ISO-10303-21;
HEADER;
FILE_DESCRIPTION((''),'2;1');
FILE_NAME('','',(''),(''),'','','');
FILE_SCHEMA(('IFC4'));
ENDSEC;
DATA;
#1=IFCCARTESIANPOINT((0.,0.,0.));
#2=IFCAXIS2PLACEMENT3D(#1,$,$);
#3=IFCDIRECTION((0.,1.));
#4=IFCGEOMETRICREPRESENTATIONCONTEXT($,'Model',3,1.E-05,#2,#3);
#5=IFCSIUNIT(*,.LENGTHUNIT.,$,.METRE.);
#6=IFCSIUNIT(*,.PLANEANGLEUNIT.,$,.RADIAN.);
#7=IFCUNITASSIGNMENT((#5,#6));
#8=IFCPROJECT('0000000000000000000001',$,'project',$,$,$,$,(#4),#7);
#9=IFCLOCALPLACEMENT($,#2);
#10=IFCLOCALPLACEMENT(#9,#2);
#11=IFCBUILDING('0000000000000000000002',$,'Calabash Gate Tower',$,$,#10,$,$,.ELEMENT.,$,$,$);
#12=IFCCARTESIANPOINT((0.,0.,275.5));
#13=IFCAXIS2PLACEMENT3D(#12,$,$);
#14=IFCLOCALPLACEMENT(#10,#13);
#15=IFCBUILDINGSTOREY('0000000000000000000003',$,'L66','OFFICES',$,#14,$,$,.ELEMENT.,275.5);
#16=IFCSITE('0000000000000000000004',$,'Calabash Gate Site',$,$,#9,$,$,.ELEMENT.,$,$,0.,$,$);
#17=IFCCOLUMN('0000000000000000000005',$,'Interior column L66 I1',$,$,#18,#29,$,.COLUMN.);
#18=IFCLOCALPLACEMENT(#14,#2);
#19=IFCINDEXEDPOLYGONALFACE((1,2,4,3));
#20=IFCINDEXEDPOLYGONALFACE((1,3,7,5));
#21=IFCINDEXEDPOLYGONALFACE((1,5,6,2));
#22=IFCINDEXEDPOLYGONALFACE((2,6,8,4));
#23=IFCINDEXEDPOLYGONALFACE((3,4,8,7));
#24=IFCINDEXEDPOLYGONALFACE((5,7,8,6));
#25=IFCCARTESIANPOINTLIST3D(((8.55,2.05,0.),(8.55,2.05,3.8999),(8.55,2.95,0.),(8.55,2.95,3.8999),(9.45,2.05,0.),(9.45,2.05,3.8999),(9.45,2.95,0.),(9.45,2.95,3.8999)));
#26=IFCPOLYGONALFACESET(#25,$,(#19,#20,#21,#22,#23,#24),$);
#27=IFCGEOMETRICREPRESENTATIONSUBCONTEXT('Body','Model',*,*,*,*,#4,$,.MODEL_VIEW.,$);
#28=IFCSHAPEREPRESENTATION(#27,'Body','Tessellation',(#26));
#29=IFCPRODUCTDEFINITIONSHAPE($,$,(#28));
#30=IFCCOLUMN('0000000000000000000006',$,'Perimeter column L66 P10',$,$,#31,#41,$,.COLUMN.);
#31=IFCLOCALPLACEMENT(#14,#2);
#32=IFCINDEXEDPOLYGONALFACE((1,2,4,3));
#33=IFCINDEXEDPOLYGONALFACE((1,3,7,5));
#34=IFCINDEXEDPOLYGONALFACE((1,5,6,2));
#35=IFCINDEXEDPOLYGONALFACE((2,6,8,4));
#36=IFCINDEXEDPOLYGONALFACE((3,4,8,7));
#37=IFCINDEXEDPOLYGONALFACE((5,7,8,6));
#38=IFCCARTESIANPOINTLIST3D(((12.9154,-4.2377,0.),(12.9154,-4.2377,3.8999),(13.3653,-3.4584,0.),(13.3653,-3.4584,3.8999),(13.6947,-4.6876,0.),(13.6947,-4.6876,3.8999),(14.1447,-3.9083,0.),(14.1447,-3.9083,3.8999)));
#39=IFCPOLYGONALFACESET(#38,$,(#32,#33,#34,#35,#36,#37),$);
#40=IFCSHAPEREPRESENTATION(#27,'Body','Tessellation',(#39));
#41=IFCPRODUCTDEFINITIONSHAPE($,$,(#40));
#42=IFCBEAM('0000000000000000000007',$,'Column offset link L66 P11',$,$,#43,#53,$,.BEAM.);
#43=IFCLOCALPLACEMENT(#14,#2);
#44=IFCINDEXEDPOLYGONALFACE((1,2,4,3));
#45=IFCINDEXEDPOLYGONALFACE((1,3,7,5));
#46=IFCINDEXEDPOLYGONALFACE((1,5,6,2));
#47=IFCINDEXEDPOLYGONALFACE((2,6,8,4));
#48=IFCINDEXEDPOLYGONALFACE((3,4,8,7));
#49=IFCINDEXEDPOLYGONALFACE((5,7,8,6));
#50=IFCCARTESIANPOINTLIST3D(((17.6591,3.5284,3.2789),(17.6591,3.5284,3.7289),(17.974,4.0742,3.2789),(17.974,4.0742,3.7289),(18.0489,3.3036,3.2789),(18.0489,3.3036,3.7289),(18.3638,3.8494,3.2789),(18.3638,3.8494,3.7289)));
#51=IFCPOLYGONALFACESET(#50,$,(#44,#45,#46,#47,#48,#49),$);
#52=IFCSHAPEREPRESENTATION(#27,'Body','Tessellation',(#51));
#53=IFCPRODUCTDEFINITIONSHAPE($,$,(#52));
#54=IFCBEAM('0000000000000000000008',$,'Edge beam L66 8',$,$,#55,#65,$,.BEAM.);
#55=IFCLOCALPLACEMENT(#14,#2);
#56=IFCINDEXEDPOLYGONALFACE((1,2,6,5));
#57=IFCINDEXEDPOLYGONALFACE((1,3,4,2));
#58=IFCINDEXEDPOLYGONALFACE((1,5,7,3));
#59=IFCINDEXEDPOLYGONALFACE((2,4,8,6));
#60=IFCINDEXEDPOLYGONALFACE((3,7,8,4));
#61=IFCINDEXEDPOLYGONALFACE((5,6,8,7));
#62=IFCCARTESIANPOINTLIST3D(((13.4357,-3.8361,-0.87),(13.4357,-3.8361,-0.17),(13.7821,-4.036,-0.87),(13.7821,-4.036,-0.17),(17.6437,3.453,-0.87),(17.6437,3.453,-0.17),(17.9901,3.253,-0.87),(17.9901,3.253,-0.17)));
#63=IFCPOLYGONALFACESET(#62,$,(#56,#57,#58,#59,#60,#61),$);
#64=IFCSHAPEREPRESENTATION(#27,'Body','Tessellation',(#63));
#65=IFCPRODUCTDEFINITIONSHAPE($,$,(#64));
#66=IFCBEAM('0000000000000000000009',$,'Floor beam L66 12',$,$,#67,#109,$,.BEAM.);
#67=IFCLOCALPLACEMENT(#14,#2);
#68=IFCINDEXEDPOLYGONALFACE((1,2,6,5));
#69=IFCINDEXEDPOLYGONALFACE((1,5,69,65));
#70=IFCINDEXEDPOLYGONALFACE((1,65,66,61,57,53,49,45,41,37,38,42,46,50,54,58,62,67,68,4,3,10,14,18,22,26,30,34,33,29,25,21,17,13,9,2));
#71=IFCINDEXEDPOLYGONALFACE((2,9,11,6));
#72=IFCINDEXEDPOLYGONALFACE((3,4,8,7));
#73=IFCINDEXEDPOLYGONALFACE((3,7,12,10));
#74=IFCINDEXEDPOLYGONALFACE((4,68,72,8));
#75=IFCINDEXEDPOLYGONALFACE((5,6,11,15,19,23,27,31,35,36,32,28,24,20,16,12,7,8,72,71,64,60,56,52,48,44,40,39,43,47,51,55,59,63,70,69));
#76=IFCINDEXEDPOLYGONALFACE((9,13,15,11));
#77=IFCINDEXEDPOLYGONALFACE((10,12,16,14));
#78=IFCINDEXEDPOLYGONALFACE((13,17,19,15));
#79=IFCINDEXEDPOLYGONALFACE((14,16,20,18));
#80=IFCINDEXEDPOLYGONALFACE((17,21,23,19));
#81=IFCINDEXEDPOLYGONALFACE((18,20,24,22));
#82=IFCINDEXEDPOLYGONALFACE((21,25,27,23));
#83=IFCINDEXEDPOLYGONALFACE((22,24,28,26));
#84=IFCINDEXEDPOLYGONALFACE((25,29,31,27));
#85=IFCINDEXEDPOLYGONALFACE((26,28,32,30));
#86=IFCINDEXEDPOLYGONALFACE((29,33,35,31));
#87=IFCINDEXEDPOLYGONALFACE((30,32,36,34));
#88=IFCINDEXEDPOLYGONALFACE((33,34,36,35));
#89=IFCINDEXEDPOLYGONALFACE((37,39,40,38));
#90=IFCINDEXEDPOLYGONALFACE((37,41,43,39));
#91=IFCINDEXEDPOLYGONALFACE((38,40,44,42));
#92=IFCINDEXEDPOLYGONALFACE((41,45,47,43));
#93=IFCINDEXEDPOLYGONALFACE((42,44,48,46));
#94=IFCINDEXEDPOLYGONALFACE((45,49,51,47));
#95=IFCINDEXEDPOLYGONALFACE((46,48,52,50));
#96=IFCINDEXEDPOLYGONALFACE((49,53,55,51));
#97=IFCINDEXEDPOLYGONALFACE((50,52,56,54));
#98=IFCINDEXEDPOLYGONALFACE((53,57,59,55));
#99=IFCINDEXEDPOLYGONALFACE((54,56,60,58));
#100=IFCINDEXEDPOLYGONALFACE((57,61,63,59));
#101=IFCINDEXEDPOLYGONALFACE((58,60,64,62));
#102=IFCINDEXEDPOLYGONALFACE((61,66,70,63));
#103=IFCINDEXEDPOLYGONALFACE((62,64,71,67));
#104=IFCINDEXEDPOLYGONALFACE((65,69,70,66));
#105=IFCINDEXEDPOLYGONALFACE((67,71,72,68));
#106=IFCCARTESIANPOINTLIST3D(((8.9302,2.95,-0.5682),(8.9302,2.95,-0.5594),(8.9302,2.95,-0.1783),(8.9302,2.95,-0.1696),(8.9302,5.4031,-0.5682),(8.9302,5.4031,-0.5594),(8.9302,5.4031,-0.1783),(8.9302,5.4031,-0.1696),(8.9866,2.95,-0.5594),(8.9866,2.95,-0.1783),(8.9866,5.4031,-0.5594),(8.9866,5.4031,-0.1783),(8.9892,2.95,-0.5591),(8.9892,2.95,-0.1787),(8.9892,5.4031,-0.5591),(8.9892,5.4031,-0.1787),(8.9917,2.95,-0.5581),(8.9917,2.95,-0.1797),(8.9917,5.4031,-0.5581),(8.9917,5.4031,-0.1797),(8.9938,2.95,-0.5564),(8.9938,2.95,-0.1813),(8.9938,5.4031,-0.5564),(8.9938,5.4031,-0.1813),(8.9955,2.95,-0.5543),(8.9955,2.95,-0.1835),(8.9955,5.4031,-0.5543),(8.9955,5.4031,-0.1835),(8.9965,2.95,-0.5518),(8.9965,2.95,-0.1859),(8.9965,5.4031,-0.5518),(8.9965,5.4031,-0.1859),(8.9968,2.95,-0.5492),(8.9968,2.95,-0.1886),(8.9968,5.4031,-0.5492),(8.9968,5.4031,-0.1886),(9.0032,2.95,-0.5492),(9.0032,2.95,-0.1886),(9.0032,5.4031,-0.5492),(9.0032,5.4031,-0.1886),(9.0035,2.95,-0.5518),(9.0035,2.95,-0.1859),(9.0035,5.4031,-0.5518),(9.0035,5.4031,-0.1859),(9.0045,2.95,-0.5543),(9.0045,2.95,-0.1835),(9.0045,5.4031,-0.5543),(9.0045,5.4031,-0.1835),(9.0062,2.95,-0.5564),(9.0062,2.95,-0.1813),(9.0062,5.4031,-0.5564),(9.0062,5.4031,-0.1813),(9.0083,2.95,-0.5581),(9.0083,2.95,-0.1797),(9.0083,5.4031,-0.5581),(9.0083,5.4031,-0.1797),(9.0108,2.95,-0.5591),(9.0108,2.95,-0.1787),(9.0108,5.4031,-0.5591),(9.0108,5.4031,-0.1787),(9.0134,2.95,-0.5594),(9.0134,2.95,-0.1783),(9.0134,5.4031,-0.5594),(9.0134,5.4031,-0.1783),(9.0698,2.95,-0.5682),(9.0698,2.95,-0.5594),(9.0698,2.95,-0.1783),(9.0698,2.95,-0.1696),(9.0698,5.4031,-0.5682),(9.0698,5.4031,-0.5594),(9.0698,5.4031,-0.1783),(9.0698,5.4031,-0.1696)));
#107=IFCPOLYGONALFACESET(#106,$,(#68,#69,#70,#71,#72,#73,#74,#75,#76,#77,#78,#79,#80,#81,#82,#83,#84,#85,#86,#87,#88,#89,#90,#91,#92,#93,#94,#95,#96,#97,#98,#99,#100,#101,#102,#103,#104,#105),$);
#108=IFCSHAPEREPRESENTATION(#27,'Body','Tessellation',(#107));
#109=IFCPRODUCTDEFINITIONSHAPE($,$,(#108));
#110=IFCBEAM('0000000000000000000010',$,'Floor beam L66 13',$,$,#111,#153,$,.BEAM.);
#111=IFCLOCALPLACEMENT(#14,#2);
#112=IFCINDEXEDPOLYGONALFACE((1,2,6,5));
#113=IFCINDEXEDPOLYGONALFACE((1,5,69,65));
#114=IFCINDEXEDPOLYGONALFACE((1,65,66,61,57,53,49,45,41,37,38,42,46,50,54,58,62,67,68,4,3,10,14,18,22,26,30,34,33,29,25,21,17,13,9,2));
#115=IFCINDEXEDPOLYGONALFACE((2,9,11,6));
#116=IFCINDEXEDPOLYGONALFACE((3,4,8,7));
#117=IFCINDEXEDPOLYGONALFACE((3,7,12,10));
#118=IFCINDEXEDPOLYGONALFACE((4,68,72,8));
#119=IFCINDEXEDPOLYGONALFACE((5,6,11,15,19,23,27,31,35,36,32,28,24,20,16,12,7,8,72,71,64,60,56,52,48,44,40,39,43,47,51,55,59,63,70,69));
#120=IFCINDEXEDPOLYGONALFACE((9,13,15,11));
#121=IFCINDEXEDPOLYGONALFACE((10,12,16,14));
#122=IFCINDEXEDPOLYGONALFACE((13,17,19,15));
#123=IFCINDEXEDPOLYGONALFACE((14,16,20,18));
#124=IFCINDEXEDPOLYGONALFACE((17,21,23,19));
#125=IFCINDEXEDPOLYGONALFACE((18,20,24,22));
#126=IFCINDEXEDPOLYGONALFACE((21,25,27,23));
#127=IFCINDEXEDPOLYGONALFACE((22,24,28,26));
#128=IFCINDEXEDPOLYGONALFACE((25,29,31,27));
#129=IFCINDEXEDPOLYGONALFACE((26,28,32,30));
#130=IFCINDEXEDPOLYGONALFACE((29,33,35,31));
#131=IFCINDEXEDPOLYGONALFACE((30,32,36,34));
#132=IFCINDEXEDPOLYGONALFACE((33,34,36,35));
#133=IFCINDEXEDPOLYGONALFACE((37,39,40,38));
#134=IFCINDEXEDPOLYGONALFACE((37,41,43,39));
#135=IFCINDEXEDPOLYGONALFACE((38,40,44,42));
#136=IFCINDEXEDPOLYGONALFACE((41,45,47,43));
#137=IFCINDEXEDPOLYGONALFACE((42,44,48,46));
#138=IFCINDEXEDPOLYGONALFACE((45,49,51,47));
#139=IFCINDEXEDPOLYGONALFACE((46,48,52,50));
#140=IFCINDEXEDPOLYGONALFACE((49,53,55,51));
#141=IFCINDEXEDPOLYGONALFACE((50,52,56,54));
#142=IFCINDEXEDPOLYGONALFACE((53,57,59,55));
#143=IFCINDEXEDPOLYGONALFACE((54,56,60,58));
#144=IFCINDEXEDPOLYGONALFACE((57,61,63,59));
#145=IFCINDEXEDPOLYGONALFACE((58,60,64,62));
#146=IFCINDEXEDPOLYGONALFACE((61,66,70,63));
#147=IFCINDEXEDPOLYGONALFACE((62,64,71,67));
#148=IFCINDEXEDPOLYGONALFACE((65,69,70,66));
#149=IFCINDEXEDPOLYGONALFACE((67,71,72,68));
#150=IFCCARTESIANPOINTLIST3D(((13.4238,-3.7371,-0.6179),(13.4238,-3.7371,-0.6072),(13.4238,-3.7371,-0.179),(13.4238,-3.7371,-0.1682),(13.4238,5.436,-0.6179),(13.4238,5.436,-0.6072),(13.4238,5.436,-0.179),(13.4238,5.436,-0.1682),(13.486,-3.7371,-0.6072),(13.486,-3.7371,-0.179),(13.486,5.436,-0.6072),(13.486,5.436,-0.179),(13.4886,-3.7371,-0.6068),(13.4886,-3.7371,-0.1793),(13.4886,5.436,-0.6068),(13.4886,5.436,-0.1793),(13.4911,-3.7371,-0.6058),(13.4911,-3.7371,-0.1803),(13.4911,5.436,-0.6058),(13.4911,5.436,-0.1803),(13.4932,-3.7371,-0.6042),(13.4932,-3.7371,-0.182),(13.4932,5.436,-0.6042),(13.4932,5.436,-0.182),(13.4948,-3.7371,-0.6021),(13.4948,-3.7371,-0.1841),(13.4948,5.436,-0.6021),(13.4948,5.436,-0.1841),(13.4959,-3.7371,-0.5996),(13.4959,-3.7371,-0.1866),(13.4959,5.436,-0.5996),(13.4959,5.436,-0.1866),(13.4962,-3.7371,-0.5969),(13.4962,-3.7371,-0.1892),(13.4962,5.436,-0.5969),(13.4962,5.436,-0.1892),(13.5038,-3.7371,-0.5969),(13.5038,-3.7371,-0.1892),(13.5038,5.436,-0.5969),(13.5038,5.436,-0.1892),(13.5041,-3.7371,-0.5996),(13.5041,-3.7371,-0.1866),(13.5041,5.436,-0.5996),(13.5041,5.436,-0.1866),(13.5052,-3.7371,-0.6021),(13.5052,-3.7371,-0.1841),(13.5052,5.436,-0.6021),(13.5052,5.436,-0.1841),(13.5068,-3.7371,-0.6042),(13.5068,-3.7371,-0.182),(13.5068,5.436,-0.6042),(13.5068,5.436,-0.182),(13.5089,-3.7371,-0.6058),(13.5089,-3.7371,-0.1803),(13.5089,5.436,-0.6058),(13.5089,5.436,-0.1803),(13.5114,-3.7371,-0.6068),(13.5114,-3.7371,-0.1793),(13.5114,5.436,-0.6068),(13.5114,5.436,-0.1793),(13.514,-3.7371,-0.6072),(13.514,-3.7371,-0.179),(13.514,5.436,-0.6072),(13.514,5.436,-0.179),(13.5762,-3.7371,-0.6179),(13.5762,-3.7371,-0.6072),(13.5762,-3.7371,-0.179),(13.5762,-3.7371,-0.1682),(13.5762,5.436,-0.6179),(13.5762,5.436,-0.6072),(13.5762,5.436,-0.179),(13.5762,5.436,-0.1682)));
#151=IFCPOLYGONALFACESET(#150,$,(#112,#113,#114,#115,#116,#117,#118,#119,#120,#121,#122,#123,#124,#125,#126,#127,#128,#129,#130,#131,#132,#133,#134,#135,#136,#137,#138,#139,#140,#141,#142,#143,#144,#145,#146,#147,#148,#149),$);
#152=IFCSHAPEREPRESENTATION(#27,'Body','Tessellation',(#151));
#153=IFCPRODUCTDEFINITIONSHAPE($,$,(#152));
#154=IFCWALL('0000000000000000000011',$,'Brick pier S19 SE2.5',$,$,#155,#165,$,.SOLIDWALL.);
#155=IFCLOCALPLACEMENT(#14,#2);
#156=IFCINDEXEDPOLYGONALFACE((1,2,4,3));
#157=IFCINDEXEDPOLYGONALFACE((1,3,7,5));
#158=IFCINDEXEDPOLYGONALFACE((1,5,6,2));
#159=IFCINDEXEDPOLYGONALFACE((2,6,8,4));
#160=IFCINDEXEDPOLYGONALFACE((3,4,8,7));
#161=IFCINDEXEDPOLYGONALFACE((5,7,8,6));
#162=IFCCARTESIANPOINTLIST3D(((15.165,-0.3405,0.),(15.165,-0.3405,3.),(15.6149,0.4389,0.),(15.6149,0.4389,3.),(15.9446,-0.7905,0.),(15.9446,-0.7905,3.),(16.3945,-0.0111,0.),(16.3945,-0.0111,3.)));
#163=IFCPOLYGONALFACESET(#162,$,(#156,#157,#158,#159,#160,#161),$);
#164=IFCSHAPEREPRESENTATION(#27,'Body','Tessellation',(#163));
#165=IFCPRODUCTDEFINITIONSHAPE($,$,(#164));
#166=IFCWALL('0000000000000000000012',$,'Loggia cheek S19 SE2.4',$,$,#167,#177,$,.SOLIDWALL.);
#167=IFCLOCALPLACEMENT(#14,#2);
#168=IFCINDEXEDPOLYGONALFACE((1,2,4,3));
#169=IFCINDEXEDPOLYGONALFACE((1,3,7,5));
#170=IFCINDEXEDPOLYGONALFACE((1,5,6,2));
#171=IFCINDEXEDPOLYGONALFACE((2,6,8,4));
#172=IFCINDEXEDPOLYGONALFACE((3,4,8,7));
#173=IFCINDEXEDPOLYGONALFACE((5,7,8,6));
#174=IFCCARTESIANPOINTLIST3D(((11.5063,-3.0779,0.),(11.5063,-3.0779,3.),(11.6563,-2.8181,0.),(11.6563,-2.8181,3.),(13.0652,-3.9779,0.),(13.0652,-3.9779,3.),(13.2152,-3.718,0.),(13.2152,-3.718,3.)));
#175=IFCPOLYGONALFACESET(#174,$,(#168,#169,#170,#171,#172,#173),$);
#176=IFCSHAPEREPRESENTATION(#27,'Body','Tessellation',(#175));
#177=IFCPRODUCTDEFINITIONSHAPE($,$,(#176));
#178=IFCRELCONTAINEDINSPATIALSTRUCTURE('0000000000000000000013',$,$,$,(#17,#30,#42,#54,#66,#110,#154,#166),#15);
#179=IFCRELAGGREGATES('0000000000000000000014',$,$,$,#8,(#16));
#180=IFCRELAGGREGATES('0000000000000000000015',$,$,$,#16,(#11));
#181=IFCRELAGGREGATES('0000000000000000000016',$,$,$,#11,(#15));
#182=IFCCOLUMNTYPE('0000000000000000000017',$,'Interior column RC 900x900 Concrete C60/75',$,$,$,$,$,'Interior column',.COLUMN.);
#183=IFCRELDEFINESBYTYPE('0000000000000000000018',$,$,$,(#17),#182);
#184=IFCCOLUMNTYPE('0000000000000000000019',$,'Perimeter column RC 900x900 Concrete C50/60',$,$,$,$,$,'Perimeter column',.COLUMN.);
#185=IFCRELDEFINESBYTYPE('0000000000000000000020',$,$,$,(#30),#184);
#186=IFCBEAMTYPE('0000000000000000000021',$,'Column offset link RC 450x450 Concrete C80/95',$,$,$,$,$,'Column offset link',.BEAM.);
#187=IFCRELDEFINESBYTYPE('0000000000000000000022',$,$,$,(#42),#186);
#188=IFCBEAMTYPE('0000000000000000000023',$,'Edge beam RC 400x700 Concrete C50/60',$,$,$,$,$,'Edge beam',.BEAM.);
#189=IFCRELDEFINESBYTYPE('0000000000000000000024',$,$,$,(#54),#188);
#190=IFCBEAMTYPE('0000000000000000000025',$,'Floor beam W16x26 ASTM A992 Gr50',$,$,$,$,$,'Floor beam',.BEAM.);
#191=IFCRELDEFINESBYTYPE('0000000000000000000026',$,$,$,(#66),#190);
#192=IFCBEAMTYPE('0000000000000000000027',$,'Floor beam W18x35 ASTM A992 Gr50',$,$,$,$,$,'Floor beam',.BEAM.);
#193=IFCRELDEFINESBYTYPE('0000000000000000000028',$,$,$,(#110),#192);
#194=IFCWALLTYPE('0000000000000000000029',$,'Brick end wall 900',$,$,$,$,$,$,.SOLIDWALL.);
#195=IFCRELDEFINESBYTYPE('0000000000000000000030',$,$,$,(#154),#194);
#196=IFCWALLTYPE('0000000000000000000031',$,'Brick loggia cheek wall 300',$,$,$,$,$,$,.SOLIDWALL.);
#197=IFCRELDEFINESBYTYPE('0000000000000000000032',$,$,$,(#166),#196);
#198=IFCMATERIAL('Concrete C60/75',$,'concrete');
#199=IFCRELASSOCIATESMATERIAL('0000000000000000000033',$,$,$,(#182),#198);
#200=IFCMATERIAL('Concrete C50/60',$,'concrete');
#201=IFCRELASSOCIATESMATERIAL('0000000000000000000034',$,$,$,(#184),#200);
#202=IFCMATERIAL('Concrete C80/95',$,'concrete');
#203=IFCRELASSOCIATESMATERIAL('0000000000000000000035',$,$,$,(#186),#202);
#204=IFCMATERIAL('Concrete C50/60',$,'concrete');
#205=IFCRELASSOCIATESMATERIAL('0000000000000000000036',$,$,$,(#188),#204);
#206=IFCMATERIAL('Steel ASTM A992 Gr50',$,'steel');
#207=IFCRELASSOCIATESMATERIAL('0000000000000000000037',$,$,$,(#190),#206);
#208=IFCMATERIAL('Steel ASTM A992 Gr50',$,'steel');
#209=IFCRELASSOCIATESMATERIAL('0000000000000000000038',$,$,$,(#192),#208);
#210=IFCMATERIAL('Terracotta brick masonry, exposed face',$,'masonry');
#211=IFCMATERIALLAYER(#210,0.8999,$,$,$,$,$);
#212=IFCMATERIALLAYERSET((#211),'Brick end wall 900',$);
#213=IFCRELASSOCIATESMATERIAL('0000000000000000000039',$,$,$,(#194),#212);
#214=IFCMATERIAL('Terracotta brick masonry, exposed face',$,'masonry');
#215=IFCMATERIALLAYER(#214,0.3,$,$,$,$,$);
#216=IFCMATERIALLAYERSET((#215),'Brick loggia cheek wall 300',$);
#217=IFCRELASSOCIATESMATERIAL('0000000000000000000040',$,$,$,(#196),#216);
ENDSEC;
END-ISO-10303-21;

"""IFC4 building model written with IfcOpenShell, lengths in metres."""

from ifc_helpers import new_model, si_unit, direction, frame, frame_2d, origin, origin_2d, place, context, subcontext, project, spatial, rectangle, i_section, extrude, material, layer, layer_set, material_profile, profile_set, type_object, element, save


model = new_model("IFC4")

# Units and contexts
model_context = context("Model", 3, precision=1e-05, world=origin(), true_north=direction((0.0, 1.0)))
body_context = subcontext(model_context, "Body", "Model", "MODEL_VIEW")
ifc_project = project(units=[si_unit("LENGTHUNIT", "METRE"), si_unit("PLANEANGLEUNIT", "RADIAN")], contexts=[model_context])

# Site, building, storey
site_placement = place(None, origin())
site = spatial("IfcSite", under=ifc_project, at=site_placement, Name="Calabash Gate Site", CompositionType="ELEMENT", RefElevation=0.0)
building_placement = place(site_placement, origin())
building = spatial("IfcBuilding", under=site, at=building_placement, Name="Calabash Gate Tower", CompositionType="ELEMENT")
storey_placement = place(building_placement, frame((0.0, 0.0, 275.5)))
storey = spatial("IfcBuildingStorey", under=building, at=storey_placement, Name="L66", Description="OFFICES", CompositionType="ELEMENT", Elevation=275.5)

# Columns
ifc_material_1 = material(Name="Concrete C60/75", Category="concrete")
ifc_material_profile_1 = material_profile(ifc_material_1, rectangle(XDim=0.8999, YDim=0.8999, at=origin_2d()))
ifc_profile_set_1 = profile_set([ifc_material_profile_1], Name="Concrete C60/75")
column_type_1 = type_object("IfcColumnType", Name="Interior column RC 900x900 Concrete C60/75", ElementType="Interior column", PredefinedType="COLUMN", material=ifc_profile_set_1)
column_1_placement = place(storey_placement, frame((9.0, 2.5, 0.0), z_axis=(0.0, 0.0, 1.0), x_axis=(1.0, 0.0, 0.0)))
element("IfcColumn", 1, at=column_1_placement, inside=storey, type_object=column_type_1, Name="Interior column L66 I1", PredefinedType="COLUMN", context=body_context, shape_type="SweptSolid", body=[
    extrude(rectangle(XDim=0.8999, YDim=0.8999, at=origin_2d()), origin(), (0.0, 0.0, 1.0), 3.8999),
])
ifc_material_2 = material(Name="Concrete C50/60", Category="concrete")
ifc_material_profile_2 = material_profile(ifc_material_2, rectangle(XDim=0.8999, YDim=0.8999, at=origin_2d()))
ifc_profile_set_2 = profile_set([ifc_material_profile_2], Name="Concrete C50/60")
column_type_2 = type_object("IfcColumnType", Name="Perimeter column RC 900x900 Concrete C50/60", ElementType="Perimeter column", PredefinedType="COLUMN", material=ifc_profile_set_2)
column_2_placement = place(storey_placement, frame((13.53, -4.073, 0.0), z_axis=(0.0, 0.0, 1.0), x_axis=(0.5, 0.866025, 0.0)))
element("IfcColumn", 2, at=column_2_placement, inside=storey, type_object=column_type_2, Name="Perimeter column L66 P10", PredefinedType="COLUMN", context=body_context, shape_type="SweptSolid", body=[
    extrude(rectangle(XDim=0.8999, YDim=0.8999, at=origin_2d()), origin(), (0.0, 0.0, 1.0), 3.8999),
])

# Beams
ifc_material_3 = material(Name="Concrete C80/95", Category="concrete")
ifc_material_profile_3 = material_profile(ifc_material_3, rectangle(XDim=0.45, YDim=0.45, at=origin_2d()))
ifc_profile_set_3 = profile_set([ifc_material_profile_3], Name="Concrete C80/95")
beam_type_1 = type_object("IfcBeamType", Name="Column offset link RC 450x450 Concrete C80/95", ElementType="Column offset link", PredefinedType="BEAM", material=ifc_profile_set_3)
beam_1_placement = place(storey_placement, frame((17.854, 3.416, 3.5039), z_axis=(0.499722, 0.866186, 0.0), x_axis=(-0.866186, 0.499722, 0.0)))
element("IfcBeam", 3, at=beam_1_placement, inside=storey, type_object=beam_type_1, Name="Column offset link L66 P11", PredefinedType="BEAM", context=body_context, shape_type="SweptSolid", body=[
    extrude(rectangle(XDim=0.45, YDim=0.45, at=origin_2d()), origin(), (0.0, 0.0, 1.0), 0.6301),
])
ifc_material_4 = material(Name="Concrete C50/60", Category="concrete")
ifc_material_profile_4 = material_profile(ifc_material_4, rectangle(XDim=0.3999, YDim=0.7, at=origin_2d()))
ifc_profile_set_4 = profile_set([ifc_material_profile_4], Name="Concrete C50/60")
beam_type_2 = type_object("IfcBeamType", Name="Edge beam RC 400x700 Concrete C50/60", ElementType="Edge beam", PredefinedType="BEAM", material=ifc_profile_set_4)
beam_2_placement = place(storey_placement, frame((13.6089, -3.936, -0.52), z_axis=(0.49997, 0.866043, 0.0), x_axis=(-0.866043, 0.49997, 0.0)))
element("IfcBeam", 4, at=beam_2_placement, inside=storey, type_object=beam_type_2, Name="Edge beam L66 8", PredefinedType="BEAM", context=body_context, shape_type="SweptSolid", body=[
    extrude(rectangle(XDim=0.3999, YDim=0.7, at=origin_2d()), origin(), (0.0, 0.0, 1.0), 8.4165),
])
ifc_material_5 = material(Name="Steel ASTM A992 Gr50", Category="steel")
ifc_material_profile_5 = material_profile(ifc_material_5, i_section(OverallWidth=0.1396, OverallDepth=0.3987, WebThickness=0.0063, FlangeThickness=0.0088, FilletRadius=0.0103, at=origin_2d()))
ifc_profile_set_5 = profile_set([ifc_material_profile_5], Name="Steel ASTM A992 Gr50")
beam_type_3 = type_object("IfcBeamType", Name="Floor beam W16x26 ASTM A992 Gr50", ElementType="Floor beam", PredefinedType="BEAM", material=ifc_profile_set_5)
beam_3_placement = place(storey_placement, frame((9.0, 2.95, -0.3689), z_axis=(0.0, 1.0, 0.0), x_axis=(-1.0, 0.0, 0.0)))
element("IfcBeam", 5, at=beam_3_placement, inside=storey, type_object=beam_type_3, Name="Floor beam L66 12", PredefinedType="BEAM", context=body_context, shape_type="SweptSolid", body=[
    extrude(i_section(OverallWidth=0.1396, OverallDepth=0.3987, WebThickness=0.0063, FlangeThickness=0.0088, FilletRadius=0.0103, at=origin_2d()), origin(), (0.0, 0.0, 1.0), 2.4531),
])
ifc_material_6 = material(Name="Steel ASTM A992 Gr50", Category="steel")
ifc_material_profile_6 = material_profile(ifc_material_6, i_section(OverallWidth=0.1523, OverallDepth=0.4497, WebThickness=0.0076, FlangeThickness=0.0107, FilletRadius=0.0103, at=origin_2d()))
ifc_profile_set_6 = profile_set([ifc_material_profile_6], Name="Steel ASTM A992 Gr50")
beam_type_4 = type_object("IfcBeamType", Name="Floor beam W18x35 ASTM A992 Gr50", ElementType="Floor beam", PredefinedType="BEAM", material=ifc_profile_set_6)
beam_4_placement = place(storey_placement, frame((13.5, -3.7371, -0.3931), z_axis=(0.0, 1.0, 0.0), x_axis=(-1.0, 0.0, 0.0)))
element("IfcBeam", 6, at=beam_4_placement, inside=storey, type_object=beam_type_4, Name="Floor beam L66 13", PredefinedType="BEAM", context=body_context, shape_type="SweptSolid", body=[
    extrude(i_section(OverallWidth=0.1523, OverallDepth=0.4497, WebThickness=0.0076, FlangeThickness=0.0107, FilletRadius=0.0103, at=origin_2d()), origin(), (0.0, 0.0, 1.0), 9.1731),
])

# Walls
ifc_material_7 = material(Name="Terracotta brick masonry, exposed face", Category="masonry")
ifc_layer_1 = layer(ifc_material_7, 0.8999)
ifc_layer_set_1 = layer_set([ifc_layer_1], Name="Brick end wall 900")
wall_type_1 = type_object("IfcWallType", Name="Brick end wall 900", PredefinedType="SOLIDWALL", material=ifc_layer_set_1)
wall_1_placement = place(storey_placement, frame((16.1697, -0.4009, 0.0), z_axis=(0.0, 0.0, 1.0), x_axis=(-0.866082, 0.499902, 0.0)))
element("IfcWall", 7, at=wall_1_placement, inside=storey, type_object=wall_type_1, Name="Brick pier S19 SE2.5", PredefinedType="SOLIDWALL", context=body_context, shape_type="SweptSolid", body=[
    extrude(rectangle(XDim=0.9001, YDim=0.8999, at=frame_2d((0.4502, 0.0))), origin(), (0.0, 0.0, 1.0), 3.0),
])
ifc_material_8 = material(Name="Terracotta brick masonry, exposed face", Category="masonry")
ifc_layer_2 = layer(ifc_material_8, 0.3)
ifc_layer_set_2 = layer_set([ifc_layer_2], Name="Brick loggia cheek wall 300")
wall_type_2 = type_object("IfcWallType", Name="Brick loggia cheek wall 300", PredefinedType="SOLIDWALL", material=ifc_layer_set_2)
for number, where, z_axis, x_axis, name in (
    (8, (13.1401, -3.8479, 0.0), (0.0, 0.0, 1.0), (-0.866048, 0.499961, 0.0), "Loggia cheek S19 SE2.4"),
):
    element("IfcWall", number, at=place(storey_placement, frame(where, z_axis=z_axis, x_axis=x_axis)), inside=storey, type_object=wall_type_2, Name=name, PredefinedType="SOLIDWALL", context=body_context, shape_type="SweptSolid", body=[
        extrude(rectangle(XDim=1.8, YDim=0.3, at=frame_2d((0.8999, 0.0))), origin(), (0.0, 0.0, 1.0), 3.0),
    ])

save(model, "model.ifc")
